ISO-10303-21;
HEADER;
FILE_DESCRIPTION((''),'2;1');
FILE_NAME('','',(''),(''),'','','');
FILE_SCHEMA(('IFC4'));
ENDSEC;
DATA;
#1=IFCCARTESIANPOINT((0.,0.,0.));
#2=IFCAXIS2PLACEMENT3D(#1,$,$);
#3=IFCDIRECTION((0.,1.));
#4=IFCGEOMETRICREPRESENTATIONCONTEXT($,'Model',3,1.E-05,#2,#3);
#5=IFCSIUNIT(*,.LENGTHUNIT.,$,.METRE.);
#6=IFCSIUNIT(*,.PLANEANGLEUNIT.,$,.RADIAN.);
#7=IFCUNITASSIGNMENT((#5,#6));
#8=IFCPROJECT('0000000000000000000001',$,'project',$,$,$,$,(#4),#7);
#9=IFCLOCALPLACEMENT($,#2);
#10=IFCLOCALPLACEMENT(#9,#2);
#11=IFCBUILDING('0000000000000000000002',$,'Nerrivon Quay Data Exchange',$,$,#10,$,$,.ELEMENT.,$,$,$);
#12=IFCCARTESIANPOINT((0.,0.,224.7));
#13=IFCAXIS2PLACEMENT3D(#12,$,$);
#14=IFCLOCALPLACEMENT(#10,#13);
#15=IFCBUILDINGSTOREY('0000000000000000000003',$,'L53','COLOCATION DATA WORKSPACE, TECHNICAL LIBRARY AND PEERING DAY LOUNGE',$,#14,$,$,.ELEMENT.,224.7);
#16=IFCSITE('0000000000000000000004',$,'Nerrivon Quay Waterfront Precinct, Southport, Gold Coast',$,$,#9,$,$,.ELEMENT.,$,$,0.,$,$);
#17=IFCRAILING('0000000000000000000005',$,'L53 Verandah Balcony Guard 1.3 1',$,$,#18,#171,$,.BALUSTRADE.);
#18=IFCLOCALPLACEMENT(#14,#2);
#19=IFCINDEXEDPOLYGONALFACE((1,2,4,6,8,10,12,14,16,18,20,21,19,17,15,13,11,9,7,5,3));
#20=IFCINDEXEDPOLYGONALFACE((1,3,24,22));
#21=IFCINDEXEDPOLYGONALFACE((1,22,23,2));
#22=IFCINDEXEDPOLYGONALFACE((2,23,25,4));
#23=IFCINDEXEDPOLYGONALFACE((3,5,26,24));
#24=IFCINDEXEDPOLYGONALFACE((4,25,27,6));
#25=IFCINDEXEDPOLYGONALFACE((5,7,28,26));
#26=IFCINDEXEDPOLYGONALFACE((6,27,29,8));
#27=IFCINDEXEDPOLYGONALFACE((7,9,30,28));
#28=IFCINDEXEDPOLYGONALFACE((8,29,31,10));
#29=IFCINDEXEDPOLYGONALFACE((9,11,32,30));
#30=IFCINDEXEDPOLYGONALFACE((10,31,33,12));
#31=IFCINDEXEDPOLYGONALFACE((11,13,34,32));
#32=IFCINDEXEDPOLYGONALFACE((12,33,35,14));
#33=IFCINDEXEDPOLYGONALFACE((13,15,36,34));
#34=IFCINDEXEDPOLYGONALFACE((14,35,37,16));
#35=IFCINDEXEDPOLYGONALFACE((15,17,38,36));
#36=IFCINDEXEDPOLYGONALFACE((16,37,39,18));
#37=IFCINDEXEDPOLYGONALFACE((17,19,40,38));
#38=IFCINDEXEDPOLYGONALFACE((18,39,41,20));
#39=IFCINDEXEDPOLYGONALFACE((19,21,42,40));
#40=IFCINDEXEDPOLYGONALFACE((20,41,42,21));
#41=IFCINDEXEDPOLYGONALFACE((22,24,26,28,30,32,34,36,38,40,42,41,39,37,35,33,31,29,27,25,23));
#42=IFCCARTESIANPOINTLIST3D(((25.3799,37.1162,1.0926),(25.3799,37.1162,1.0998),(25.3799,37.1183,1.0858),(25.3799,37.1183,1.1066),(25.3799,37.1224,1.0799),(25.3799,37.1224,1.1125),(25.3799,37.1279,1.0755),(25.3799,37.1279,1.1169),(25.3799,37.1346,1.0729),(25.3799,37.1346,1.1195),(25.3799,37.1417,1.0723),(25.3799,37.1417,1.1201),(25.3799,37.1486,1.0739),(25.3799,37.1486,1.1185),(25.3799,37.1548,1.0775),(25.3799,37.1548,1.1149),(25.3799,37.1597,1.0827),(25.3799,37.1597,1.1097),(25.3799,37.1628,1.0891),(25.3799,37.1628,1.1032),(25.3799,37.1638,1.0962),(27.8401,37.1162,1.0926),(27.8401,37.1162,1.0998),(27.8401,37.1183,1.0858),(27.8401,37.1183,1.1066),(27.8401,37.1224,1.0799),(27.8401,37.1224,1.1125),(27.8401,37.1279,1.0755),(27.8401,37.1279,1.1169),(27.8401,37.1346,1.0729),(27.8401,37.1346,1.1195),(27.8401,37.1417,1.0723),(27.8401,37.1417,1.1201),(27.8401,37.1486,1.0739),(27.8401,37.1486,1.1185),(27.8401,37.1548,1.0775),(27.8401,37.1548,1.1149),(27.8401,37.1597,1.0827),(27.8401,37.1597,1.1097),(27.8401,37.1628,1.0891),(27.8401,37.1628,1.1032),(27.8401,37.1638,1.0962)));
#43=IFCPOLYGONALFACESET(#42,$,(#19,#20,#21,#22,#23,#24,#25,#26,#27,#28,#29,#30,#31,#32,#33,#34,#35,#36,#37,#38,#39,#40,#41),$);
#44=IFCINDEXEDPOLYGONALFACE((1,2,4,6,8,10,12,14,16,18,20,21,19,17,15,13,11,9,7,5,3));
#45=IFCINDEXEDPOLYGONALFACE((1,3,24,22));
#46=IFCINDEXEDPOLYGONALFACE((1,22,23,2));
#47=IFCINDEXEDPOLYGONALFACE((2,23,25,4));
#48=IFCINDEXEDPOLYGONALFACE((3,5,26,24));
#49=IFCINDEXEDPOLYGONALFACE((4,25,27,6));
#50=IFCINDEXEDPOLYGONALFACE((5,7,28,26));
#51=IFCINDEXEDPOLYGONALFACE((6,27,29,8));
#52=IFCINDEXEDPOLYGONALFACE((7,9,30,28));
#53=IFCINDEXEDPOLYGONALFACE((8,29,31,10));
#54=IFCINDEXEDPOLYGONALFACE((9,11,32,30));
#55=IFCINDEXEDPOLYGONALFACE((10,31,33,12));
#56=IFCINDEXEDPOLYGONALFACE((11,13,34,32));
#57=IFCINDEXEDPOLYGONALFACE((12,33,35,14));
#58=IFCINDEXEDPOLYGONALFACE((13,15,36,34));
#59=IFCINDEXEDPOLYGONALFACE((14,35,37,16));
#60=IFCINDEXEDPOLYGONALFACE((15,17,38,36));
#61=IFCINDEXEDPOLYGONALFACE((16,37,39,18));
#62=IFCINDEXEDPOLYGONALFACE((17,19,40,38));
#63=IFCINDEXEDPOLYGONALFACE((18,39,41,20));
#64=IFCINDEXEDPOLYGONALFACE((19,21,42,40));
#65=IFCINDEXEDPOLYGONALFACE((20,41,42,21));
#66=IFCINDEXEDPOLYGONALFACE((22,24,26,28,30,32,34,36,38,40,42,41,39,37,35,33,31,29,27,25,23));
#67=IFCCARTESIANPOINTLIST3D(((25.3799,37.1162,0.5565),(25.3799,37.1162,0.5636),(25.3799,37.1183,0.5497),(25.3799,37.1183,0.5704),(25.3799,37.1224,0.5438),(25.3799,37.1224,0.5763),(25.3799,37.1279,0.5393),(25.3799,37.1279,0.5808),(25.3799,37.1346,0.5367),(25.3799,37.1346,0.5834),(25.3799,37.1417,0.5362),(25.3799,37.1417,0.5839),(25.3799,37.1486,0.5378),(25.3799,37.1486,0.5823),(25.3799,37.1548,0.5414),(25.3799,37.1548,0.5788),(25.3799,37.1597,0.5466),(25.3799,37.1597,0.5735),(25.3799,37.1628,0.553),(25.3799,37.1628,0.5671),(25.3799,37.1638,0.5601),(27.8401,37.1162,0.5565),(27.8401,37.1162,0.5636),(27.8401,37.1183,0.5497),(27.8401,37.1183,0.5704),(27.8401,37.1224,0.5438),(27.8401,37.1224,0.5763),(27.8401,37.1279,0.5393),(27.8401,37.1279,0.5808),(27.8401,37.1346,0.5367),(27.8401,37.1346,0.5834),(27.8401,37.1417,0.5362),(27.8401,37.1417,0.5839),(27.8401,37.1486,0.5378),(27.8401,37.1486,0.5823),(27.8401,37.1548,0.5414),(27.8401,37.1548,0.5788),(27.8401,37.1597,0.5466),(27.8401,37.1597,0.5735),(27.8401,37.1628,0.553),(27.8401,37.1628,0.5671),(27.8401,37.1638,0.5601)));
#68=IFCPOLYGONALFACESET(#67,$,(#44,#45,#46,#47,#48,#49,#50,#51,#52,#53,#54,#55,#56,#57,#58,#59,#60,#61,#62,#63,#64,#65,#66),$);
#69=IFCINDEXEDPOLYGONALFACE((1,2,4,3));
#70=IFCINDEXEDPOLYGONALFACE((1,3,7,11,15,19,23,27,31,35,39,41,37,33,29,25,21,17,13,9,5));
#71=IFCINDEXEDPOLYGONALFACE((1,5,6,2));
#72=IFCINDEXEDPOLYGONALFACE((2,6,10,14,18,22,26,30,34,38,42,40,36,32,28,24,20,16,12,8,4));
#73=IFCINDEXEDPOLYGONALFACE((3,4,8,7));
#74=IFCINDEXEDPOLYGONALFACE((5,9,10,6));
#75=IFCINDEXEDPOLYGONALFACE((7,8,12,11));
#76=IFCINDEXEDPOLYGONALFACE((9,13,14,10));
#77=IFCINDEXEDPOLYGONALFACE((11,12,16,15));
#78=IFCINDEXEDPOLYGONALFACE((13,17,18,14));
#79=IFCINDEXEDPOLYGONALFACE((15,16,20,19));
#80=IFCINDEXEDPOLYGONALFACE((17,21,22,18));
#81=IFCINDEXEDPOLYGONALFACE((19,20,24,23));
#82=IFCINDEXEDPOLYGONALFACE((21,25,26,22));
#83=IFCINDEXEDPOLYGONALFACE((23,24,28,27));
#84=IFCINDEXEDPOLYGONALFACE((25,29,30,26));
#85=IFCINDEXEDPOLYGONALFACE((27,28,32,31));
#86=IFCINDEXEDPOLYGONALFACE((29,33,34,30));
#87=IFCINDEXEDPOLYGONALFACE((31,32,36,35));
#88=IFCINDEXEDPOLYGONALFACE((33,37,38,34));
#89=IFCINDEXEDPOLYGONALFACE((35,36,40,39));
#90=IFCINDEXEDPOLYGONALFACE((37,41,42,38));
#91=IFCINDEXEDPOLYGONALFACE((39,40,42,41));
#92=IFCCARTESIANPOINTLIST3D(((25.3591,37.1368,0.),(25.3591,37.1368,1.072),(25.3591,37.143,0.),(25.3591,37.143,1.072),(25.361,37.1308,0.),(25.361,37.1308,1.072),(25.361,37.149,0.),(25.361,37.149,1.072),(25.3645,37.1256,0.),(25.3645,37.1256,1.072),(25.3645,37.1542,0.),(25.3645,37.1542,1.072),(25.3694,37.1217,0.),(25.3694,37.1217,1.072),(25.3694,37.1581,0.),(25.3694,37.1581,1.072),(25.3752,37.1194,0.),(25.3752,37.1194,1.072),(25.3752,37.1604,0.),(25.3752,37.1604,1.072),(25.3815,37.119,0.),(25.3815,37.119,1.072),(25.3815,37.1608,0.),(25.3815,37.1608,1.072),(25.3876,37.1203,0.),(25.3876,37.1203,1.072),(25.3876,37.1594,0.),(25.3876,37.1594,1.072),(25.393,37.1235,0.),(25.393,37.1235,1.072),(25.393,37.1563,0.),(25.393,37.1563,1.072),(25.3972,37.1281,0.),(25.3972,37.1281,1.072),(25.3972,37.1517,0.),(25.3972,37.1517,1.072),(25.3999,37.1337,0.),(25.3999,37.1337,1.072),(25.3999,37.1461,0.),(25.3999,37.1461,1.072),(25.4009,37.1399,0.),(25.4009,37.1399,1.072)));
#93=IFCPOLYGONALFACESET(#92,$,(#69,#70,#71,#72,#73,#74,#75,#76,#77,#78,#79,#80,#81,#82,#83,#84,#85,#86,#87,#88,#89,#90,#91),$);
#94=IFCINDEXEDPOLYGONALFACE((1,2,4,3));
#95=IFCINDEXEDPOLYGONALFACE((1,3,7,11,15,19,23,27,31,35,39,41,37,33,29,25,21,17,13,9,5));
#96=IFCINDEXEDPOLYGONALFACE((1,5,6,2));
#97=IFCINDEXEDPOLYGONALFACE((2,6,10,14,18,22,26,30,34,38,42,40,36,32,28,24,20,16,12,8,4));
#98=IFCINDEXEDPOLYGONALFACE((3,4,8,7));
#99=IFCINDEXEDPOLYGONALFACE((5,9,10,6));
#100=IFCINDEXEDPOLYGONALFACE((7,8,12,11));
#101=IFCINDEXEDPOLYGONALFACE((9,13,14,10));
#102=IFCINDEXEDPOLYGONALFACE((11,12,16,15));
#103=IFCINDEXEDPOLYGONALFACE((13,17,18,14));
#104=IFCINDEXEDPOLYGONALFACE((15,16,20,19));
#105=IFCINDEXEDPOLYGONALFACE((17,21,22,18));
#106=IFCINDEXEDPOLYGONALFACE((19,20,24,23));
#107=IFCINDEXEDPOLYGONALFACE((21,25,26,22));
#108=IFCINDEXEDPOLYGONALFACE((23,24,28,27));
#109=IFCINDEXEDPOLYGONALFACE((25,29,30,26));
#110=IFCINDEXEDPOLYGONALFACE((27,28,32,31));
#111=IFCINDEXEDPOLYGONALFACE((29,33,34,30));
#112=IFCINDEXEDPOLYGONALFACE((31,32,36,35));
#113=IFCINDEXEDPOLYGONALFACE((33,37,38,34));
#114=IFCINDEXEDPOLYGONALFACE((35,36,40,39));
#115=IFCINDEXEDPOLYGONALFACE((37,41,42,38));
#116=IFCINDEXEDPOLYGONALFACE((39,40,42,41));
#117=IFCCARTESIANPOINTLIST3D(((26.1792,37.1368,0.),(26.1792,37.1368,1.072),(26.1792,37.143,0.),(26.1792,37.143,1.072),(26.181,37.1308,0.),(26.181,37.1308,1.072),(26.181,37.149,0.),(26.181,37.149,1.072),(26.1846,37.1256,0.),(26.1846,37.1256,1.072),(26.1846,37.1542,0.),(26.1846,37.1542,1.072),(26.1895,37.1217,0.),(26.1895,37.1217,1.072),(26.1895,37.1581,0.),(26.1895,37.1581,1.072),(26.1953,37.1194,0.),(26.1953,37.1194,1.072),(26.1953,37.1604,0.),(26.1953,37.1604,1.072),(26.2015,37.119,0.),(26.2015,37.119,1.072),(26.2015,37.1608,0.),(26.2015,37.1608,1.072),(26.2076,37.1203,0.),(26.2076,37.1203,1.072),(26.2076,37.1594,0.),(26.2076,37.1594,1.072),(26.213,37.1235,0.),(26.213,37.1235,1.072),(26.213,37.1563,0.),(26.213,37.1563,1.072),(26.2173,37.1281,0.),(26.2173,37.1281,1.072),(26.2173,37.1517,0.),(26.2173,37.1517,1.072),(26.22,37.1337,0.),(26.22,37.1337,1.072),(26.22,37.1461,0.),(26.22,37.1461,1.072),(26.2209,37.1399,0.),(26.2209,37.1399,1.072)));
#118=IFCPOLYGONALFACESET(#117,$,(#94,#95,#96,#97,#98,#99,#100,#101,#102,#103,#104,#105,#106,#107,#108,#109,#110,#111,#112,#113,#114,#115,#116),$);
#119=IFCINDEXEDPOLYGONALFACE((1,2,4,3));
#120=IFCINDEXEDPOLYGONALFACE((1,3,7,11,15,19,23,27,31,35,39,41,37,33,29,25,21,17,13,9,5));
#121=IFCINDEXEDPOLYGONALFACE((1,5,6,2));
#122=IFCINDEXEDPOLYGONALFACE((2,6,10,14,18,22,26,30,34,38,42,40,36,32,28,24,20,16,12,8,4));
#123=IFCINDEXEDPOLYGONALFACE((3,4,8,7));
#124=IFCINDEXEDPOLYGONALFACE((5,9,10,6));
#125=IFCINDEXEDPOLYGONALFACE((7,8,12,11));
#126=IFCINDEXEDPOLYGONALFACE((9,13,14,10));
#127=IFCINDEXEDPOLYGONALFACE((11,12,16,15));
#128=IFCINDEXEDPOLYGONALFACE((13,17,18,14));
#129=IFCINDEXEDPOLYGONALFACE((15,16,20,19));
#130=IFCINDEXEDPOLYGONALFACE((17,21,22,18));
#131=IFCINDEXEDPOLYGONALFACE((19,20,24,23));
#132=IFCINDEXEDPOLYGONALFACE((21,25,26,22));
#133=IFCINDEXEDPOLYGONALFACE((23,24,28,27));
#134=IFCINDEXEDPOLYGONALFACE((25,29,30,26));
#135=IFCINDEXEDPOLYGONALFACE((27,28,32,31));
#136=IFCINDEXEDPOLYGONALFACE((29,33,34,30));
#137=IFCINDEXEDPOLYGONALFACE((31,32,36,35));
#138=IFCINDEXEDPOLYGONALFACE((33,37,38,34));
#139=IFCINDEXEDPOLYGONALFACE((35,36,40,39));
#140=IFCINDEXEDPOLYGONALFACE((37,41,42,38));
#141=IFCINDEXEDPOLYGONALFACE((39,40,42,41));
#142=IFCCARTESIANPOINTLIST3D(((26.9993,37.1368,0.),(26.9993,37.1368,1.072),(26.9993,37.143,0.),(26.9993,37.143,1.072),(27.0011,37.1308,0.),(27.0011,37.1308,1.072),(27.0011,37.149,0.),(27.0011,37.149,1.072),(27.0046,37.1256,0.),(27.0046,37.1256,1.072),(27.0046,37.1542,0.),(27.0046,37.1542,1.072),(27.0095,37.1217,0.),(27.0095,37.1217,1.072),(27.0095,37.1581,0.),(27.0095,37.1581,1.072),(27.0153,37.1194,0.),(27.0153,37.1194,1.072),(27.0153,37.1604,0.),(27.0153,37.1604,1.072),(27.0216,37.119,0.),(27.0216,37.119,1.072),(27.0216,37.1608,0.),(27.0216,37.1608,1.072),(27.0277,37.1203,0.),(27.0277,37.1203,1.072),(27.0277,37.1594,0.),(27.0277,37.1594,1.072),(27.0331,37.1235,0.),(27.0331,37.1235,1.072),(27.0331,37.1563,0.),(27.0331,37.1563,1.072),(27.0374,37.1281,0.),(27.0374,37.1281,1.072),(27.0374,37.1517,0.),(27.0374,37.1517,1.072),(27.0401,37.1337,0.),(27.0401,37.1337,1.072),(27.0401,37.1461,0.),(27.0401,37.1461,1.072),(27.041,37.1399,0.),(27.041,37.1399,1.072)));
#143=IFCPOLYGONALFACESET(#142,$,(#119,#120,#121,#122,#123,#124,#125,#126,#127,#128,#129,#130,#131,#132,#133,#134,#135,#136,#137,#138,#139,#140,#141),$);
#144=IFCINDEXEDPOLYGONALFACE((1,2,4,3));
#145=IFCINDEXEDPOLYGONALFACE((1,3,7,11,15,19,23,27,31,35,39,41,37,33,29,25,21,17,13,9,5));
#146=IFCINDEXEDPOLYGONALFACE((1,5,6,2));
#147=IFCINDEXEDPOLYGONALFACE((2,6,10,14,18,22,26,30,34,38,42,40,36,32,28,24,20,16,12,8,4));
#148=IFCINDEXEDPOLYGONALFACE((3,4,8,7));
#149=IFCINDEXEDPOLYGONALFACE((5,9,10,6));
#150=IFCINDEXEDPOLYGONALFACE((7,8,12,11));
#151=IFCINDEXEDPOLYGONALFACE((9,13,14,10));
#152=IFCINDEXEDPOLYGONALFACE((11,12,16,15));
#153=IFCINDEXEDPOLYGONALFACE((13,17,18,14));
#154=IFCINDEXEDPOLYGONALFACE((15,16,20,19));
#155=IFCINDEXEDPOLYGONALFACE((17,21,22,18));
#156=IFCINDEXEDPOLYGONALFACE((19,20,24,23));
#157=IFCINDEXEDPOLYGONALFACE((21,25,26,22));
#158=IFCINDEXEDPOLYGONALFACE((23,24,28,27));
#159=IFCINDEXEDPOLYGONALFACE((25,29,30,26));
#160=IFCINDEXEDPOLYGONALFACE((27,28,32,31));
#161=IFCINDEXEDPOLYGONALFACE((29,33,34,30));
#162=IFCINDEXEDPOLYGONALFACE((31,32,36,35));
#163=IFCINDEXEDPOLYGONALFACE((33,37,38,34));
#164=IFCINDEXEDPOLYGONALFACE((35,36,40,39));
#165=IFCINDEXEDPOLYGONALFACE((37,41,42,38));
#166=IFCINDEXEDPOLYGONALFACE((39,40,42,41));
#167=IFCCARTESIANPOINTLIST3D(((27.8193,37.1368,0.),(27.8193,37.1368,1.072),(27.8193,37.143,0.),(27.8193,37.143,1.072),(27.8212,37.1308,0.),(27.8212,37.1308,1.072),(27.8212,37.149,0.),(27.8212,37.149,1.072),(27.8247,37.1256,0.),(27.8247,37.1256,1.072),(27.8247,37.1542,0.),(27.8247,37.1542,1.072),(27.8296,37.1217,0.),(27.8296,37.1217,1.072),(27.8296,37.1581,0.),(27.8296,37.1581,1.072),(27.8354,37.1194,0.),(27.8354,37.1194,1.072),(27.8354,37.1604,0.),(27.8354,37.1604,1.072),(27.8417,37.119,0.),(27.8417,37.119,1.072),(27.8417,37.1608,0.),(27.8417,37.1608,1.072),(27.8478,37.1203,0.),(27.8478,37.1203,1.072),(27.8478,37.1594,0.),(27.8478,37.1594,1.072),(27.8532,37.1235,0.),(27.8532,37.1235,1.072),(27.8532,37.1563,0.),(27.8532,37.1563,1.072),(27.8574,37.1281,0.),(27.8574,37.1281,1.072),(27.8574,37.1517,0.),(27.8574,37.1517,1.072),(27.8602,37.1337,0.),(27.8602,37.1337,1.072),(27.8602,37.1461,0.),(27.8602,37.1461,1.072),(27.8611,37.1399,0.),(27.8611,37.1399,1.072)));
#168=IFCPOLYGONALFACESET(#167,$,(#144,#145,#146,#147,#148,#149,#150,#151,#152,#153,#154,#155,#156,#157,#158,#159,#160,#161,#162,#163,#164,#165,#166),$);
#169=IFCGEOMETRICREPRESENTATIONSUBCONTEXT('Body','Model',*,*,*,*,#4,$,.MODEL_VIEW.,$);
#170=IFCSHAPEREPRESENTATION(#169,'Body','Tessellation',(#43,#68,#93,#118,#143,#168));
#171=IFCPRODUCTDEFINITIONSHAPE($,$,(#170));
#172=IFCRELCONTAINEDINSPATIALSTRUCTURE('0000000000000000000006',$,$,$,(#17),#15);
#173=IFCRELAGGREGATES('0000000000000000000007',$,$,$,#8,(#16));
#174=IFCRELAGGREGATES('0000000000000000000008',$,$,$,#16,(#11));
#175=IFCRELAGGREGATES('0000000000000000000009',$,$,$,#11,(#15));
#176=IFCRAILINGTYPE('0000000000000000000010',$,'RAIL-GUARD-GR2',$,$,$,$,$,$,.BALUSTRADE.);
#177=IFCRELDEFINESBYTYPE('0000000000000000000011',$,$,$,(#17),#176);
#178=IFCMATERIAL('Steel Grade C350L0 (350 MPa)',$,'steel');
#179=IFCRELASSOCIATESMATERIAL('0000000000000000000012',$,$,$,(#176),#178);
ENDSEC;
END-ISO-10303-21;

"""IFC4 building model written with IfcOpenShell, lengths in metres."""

from ifc_helpers import new_model, si_unit, direction, frame, origin, origin_2d, place, context, subcontext, project, spatial, circle, extrude, material, type_object, element, save


model = new_model("IFC4")

# Units and contexts
model_context = context("Model", 3, precision=1e-05, world=origin(), true_north=direction((0.0, 1.0)))
body_context = subcontext(model_context, "Body", "Model", "MODEL_VIEW")
ifc_project = project(units=[si_unit("LENGTHUNIT", "METRE"), si_unit("PLANEANGLEUNIT", "RADIAN")], contexts=[model_context])

# Site, building, storey
site_placement = place(None, origin())
site = spatial("IfcSite", under=ifc_project, at=site_placement, Name="Nerrivon Quay Waterfront Precinct, Southport, Gold Coast", CompositionType="ELEMENT", RefElevation=0.0)
building_placement = place(site_placement, origin())
building = spatial("IfcBuilding", under=site, at=building_placement, Name="Nerrivon Quay Data Exchange", CompositionType="ELEMENT")
storey_placement = place(building_placement, frame((0.0, 0.0, 224.7)))
storey = spatial("IfcBuildingStorey", under=building, at=storey_placement, Name="L53", Description="COLOCATION DATA WORKSPACE, TECHNICAL LIBRARY AND PEERING DAY LOUNGE", CompositionType="ELEMENT", Elevation=224.7)

# Shared definitions
ifc_material_1 = material(Name="Steel Grade C350L0 (350 MPa)", Category="steel")

# Railing
railing_type = type_object("IfcRailingType", Name="RAIL-GUARD-GR2", PredefinedType="BALUSTRADE", material=ifc_material_1)
railing_1_placement = place(storey_placement, frame((25.3799, 37.1399, 0.0)))
element("IfcRailing", 1, at=railing_1_placement, inside=storey, type_object=railing_type, Name="L53 Verandah Balcony Guard 1.3 1", PredefinedType="BALUSTRADE", context=body_context, shape_type="SweptSolid", body=[
    extrude(circle(Radius=0.0239, at=origin_2d()), frame((0.0, 0.0, 1.0962), z_axis=(1.0, 0.0, 0.0), x_axis=(0.0, 1.0, 0.0)), (0.0, 0.0, 1.0), 2.4602),
    extrude(circle(Radius=0.0239, at=origin_2d()), frame((0.0, 0.0, 0.5601), z_axis=(1.0, 0.0, 0.0), x_axis=(0.0, 1.0, 0.0)), (0.0, 0.0, 1.0), 2.4602),
    extrude(circle(Radius=0.021, at=origin_2d()), origin(), (0.0, 0.0, 1.0), 1.072),
    extrude(circle(Radius=0.021, at=origin_2d()), frame((0.8201, 0.0, 0.0)), (0.0, 0.0, 1.0), 1.072),
    extrude(circle(Radius=0.021, at=origin_2d()), frame((1.6401, 0.0, 0.0)), (0.0, 0.0, 1.0), 1.072),
    extrude(circle(Radius=0.021, at=origin_2d()), frame((2.4602, 0.0, 0.0)), (0.0, 0.0, 1.0), 1.072),
])

save(model, "model.ifc")
